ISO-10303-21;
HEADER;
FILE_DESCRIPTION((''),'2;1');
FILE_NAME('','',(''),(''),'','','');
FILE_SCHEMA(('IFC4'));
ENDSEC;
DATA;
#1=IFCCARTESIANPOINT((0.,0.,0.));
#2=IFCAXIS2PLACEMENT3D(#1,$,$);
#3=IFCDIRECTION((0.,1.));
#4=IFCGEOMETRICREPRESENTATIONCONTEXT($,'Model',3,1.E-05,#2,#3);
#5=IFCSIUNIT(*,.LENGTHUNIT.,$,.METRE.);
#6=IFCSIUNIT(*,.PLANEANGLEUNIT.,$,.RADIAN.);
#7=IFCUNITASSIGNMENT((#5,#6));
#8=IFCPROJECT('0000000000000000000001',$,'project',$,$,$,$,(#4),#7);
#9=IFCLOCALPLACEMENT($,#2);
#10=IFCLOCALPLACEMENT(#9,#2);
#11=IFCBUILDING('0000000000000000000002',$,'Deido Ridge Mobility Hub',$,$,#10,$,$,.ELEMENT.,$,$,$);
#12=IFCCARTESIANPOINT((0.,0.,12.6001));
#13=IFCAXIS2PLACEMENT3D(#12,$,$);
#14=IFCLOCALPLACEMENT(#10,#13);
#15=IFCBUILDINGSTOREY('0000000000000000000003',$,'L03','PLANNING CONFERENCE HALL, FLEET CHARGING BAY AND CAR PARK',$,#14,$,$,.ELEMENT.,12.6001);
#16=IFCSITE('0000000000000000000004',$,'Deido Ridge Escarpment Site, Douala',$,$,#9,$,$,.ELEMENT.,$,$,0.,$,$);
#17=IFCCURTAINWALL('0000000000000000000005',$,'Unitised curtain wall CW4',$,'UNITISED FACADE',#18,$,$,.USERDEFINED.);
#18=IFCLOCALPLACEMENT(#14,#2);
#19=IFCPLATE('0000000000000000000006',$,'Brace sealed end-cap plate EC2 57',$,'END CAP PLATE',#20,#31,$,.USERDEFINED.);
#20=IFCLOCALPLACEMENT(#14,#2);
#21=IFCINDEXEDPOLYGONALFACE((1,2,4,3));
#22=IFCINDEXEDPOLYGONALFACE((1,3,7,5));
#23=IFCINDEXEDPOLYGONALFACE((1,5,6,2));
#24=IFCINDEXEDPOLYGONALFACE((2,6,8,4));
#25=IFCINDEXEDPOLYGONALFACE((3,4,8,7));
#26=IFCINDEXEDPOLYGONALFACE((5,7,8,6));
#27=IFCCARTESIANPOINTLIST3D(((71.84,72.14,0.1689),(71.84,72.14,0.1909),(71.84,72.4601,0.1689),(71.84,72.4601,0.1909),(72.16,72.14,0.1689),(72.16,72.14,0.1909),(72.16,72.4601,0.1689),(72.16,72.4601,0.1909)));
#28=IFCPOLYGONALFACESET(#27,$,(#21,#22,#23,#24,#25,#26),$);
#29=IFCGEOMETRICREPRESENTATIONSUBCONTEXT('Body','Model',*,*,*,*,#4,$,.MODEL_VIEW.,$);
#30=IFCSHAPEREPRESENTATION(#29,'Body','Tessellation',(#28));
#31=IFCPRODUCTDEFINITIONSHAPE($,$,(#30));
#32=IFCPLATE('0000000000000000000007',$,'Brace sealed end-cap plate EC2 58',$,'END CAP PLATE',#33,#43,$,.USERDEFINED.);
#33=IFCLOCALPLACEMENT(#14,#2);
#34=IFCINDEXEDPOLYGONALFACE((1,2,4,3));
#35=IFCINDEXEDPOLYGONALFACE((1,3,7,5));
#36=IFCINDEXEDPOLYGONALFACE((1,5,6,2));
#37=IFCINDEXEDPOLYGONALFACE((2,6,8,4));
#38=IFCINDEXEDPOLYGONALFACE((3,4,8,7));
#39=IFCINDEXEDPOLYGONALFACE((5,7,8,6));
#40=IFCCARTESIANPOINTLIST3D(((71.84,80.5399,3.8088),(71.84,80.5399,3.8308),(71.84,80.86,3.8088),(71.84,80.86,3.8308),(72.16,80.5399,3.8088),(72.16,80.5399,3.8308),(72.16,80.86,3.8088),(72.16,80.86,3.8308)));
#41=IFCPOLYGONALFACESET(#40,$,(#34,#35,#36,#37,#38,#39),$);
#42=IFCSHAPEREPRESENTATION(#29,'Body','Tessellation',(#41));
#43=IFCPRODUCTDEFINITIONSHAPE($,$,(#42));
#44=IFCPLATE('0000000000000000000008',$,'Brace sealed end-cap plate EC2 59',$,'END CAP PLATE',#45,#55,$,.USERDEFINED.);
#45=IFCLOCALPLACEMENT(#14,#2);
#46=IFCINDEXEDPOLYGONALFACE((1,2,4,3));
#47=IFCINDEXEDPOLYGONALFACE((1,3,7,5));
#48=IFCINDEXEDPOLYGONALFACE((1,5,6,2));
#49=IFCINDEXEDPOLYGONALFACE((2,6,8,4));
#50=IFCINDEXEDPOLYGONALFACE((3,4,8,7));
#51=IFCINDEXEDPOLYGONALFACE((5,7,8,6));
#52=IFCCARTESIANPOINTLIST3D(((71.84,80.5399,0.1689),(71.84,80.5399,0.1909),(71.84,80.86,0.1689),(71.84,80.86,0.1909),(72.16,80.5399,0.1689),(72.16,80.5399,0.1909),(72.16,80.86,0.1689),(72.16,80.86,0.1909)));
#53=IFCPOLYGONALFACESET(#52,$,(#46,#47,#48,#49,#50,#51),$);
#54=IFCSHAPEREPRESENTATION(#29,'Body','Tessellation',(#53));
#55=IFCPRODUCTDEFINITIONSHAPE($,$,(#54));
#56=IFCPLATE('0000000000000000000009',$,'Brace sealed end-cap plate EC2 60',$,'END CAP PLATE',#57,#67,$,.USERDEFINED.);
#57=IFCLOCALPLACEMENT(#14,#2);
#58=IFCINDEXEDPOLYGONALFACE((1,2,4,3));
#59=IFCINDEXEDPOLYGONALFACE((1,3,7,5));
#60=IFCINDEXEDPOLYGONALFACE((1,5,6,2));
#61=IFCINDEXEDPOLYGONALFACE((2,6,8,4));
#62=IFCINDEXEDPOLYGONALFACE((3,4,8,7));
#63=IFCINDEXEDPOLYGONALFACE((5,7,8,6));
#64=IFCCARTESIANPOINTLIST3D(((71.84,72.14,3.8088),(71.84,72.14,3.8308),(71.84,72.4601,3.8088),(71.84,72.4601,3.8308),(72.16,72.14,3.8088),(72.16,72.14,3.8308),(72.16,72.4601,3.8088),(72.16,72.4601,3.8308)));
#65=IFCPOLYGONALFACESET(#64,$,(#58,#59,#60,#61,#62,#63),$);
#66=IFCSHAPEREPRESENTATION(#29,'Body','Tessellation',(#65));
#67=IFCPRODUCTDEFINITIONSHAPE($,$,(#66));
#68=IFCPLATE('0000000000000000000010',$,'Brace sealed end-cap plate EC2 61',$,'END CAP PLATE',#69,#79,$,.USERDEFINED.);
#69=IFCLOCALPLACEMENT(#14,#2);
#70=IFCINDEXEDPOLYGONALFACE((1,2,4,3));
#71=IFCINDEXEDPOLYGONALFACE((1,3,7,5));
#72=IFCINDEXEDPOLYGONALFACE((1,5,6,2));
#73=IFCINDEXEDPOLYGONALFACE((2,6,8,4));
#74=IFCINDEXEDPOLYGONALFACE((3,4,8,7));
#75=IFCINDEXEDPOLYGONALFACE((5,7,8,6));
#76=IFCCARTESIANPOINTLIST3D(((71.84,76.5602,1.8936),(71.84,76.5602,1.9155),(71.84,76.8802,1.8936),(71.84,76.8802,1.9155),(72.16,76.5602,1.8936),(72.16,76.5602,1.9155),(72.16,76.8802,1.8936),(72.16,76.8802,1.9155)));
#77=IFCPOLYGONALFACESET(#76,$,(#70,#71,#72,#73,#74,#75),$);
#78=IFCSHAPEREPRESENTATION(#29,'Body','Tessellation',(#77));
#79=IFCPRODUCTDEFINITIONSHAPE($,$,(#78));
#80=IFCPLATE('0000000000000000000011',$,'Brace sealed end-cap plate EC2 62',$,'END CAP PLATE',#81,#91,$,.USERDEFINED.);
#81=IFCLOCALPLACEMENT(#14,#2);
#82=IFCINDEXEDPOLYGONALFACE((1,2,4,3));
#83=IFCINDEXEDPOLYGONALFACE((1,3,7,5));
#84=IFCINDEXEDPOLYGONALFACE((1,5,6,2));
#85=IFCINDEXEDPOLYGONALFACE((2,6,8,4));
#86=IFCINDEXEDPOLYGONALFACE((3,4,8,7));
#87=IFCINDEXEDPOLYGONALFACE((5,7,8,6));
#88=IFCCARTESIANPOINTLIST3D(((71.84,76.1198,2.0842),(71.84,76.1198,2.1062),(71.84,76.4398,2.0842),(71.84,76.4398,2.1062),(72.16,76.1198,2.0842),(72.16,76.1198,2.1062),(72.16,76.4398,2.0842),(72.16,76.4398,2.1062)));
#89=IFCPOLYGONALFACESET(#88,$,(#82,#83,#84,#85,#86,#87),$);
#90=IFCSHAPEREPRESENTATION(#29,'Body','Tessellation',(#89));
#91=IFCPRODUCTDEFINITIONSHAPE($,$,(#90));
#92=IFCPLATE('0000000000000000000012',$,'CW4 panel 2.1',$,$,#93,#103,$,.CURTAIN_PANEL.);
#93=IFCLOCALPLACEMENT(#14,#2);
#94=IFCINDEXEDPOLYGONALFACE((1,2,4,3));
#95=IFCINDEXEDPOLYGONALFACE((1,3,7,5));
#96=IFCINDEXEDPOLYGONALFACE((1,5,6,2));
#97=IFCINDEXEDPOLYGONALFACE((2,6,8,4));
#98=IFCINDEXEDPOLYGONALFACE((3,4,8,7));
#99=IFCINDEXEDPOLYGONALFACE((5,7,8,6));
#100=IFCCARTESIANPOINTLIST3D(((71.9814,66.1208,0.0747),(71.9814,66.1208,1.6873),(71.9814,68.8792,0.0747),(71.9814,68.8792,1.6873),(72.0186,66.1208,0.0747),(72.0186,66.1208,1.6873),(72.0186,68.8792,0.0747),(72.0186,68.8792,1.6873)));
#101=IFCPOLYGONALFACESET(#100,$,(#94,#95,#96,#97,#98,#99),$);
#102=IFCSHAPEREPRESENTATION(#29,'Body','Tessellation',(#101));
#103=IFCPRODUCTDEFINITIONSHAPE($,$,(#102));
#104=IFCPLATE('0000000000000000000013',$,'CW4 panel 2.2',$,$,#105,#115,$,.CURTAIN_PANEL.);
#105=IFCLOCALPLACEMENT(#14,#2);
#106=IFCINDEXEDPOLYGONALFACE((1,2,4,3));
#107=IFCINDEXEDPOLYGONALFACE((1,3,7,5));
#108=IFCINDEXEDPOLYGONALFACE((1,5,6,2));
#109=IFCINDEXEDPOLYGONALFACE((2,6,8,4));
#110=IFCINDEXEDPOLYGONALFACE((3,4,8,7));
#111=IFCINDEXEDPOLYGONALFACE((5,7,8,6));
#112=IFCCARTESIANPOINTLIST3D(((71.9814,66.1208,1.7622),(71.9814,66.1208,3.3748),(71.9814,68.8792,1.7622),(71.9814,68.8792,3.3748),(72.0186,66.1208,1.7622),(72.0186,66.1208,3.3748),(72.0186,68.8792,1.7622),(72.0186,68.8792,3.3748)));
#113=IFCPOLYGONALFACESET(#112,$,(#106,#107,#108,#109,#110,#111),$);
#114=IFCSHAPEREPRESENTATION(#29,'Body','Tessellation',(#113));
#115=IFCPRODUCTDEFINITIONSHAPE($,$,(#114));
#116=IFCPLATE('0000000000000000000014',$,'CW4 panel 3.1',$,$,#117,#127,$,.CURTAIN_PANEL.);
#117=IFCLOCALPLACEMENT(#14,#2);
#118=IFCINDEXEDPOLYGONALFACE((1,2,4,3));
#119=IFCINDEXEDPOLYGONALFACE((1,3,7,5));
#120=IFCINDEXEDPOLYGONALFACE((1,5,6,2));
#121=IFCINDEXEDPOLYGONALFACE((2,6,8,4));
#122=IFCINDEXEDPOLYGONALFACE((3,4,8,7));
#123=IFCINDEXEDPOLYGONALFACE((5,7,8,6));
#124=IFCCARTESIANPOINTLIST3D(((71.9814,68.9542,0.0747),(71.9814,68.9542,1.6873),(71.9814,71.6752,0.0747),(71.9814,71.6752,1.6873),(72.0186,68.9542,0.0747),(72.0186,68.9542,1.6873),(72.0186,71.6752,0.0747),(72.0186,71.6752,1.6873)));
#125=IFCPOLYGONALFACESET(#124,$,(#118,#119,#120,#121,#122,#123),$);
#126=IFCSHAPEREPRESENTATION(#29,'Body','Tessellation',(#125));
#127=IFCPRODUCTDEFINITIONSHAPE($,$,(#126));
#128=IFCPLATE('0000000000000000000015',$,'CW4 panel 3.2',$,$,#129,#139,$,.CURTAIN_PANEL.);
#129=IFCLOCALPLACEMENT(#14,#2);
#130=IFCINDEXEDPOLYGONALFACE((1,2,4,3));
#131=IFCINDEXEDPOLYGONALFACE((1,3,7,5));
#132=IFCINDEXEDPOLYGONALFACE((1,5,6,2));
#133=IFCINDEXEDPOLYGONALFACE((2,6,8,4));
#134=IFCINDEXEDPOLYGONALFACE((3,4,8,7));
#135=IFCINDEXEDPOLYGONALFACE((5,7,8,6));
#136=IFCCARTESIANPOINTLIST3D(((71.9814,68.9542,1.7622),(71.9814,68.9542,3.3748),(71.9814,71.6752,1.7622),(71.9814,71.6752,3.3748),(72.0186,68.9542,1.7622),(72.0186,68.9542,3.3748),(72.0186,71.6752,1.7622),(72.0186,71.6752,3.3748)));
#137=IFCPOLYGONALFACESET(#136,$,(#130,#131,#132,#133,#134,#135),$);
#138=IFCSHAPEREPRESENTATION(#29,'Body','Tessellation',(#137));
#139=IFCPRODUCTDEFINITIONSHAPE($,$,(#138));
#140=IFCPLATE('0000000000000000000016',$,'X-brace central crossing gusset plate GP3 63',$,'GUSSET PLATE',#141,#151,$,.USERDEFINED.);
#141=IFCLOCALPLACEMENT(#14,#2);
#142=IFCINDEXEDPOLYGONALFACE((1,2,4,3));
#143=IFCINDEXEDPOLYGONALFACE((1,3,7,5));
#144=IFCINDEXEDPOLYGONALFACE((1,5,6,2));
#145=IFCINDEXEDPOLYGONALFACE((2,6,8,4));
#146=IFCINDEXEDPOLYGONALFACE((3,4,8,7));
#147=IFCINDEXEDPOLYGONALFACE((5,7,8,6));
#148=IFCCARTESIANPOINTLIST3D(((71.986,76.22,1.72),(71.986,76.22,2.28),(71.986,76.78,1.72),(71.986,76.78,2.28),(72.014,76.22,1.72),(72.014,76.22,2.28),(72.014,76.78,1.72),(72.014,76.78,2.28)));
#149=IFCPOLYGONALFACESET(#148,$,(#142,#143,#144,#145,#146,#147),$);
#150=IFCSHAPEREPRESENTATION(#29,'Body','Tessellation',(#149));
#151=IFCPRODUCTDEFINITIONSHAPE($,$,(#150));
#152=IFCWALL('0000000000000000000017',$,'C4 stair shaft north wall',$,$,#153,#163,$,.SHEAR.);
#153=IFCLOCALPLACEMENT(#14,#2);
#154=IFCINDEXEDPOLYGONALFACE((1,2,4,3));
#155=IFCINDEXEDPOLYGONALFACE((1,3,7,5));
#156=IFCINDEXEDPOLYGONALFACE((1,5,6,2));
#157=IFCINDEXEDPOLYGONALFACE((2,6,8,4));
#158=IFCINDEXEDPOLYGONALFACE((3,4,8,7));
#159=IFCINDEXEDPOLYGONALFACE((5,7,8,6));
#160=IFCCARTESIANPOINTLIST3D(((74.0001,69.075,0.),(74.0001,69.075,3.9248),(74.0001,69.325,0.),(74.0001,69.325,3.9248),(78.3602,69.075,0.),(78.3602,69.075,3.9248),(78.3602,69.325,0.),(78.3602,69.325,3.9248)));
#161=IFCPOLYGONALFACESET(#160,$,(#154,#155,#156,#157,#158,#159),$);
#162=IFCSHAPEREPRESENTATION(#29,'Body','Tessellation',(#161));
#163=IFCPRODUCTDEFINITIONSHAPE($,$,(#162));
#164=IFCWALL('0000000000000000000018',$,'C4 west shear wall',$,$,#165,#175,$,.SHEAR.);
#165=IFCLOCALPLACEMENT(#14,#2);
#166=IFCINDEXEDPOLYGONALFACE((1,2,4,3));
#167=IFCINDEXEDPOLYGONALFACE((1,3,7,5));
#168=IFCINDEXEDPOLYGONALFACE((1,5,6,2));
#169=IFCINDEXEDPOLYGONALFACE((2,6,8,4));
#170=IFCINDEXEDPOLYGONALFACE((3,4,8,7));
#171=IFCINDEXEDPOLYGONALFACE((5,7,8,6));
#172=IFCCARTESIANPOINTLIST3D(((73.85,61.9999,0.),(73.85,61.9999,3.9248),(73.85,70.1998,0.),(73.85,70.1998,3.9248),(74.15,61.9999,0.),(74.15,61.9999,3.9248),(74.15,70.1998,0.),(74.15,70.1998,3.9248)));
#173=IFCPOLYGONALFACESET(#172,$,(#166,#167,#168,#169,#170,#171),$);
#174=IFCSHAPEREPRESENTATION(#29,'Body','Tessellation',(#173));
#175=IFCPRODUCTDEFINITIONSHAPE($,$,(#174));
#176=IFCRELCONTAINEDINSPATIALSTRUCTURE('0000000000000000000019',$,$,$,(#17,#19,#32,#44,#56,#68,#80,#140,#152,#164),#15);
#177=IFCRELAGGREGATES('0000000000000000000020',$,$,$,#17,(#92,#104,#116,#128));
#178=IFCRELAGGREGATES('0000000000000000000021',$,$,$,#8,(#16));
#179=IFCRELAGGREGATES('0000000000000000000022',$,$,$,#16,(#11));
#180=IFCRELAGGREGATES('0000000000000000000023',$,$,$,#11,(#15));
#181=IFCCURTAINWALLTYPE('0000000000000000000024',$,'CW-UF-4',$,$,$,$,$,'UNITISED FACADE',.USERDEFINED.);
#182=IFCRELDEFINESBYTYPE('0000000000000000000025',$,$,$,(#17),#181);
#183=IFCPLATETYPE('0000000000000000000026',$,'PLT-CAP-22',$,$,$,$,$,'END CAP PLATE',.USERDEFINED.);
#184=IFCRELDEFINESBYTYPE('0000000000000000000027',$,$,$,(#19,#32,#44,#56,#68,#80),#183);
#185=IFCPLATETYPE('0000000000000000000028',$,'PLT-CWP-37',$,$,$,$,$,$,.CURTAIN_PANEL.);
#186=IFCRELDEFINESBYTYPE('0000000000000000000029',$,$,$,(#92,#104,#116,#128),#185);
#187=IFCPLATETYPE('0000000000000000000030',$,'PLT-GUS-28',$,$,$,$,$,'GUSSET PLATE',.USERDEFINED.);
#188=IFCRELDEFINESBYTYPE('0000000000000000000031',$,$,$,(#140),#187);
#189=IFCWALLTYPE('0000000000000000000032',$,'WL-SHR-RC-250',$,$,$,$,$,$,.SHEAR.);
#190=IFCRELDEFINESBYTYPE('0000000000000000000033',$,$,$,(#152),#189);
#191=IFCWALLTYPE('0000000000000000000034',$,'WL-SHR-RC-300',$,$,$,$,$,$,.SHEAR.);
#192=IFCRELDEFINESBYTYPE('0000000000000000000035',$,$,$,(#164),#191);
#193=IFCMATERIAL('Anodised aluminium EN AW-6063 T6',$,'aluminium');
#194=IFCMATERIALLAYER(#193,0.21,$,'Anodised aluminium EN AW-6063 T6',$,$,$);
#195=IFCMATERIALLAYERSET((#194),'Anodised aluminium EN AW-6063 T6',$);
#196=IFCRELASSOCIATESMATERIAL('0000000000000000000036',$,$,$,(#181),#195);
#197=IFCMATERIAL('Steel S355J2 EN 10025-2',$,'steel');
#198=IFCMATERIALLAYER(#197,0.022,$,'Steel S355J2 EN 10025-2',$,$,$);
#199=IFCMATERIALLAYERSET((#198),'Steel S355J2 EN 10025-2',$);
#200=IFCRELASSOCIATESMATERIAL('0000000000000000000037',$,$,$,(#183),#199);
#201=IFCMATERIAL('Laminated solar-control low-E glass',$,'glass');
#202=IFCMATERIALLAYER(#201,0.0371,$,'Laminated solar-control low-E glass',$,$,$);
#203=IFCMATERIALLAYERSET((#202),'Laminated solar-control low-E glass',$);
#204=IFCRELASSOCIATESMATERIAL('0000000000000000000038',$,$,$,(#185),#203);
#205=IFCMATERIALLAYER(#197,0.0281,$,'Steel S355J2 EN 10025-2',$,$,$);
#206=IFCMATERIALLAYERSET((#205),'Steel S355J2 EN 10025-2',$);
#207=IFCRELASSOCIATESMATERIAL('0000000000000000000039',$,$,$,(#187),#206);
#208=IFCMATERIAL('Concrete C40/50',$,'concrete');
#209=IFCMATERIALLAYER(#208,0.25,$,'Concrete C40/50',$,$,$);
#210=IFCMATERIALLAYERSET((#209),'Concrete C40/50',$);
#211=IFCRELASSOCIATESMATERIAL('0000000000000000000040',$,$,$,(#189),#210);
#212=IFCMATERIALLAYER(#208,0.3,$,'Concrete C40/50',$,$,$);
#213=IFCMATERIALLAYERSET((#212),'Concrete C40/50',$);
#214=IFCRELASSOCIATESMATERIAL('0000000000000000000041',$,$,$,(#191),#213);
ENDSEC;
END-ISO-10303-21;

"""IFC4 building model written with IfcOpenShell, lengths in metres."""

from ifc_helpers import new_model, si_unit, direction, frame, frame_2d, origin, origin_2d, place, context, subcontext, project, spatial, rectangle, extrude, material, layer, layer_set, type_object, element, aggregate, save


model = new_model("IFC4")

# Units and contexts
model_context = context("Model", 3, precision=1e-05, world=origin(), true_north=direction((0.0, 1.0)))
body_context = subcontext(model_context, "Body", "Model", "MODEL_VIEW")
ifc_project = project(units=[si_unit("LENGTHUNIT", "METRE"), si_unit("PLANEANGLEUNIT", "RADIAN")], contexts=[model_context])

# Site, building, storey
site_placement = place(None, origin())
site = spatial("IfcSite", under=ifc_project, at=site_placement, Name="Deido Ridge Escarpment Site, Douala", CompositionType="ELEMENT", RefElevation=0.0)
building_placement = place(site_placement, origin())
building = spatial("IfcBuilding", under=site, at=building_placement, Name="Deido Ridge Mobility Hub", CompositionType="ELEMENT")
storey_placement = place(building_placement, frame((0.0, 0.0, 12.6001)))
storey = spatial("IfcBuildingStorey", under=building, at=storey_placement, Name="L03", Description="PLANNING CONFERENCE HALL, FLEET CHARGING BAY AND CAR PARK", CompositionType="ELEMENT", Elevation=12.6001)

# Shared definitions
ifc_material_1 = material(Name="Steel S355J2 EN 10025-2", Category="steel")

# Curtain wall
ifc_material_2 = material(Name="Anodised aluminium EN AW-6063 T6", Category="aluminium")
ifc_layer_1 = layer(ifc_material_2, 0.21, Name="Anodised aluminium EN AW-6063 T6")
ifc_layer_set_1 = layer_set([ifc_layer_1], Name="Anodised aluminium EN AW-6063 T6")
curtain_wall_type = type_object("IfcCurtainWallType", Name="CW-UF-4", ElementType="UNITISED FACADE", PredefinedType="USERDEFINED", material=ifc_layer_set_1)
curtain_wall_placement = place(storey_placement, origin())
curtain_wall = element("IfcCurtainWall", 1, at=curtain_wall_placement, inside=storey, type_object=curtain_wall_type, Name="Unitised curtain wall CW4", ObjectType="UNITISED FACADE", PredefinedType="USERDEFINED")

# Plates
ifc_layer_2 = layer(ifc_material_1, 0.022, Name="Steel S355J2 EN 10025-2")
ifc_layer_set_2 = layer_set([ifc_layer_2], Name="Steel S355J2 EN 10025-2")
plate_type_1 = type_object("IfcPlateType", Name="PLT-CAP-22", ElementType="END CAP PLATE", PredefinedType="USERDEFINED", material=ifc_layer_set_2)
for number, where, z_axis, x_axis, name in (
    (2, (72.0, 72.3, 0.1689), (0.0, 0.0, 1.0), (1.0, 0.0, 0.0), "Brace sealed end-cap plate EC2 57"),
    (3, (72.0, 80.7, 3.8088), (0.0, 0.0, 1.0), (1.0, 0.0, 0.0), "Brace sealed end-cap plate EC2 58"),
    (4, (72.0, 80.7, 0.1689), (0.0, 0.0, 1.0), (1.0, 0.0, 0.0), "Brace sealed end-cap plate EC2 59"),
    (5, (72.0, 72.3, 3.8088), (0.0, 0.0, 1.0), (1.0, 0.0, 0.0), "Brace sealed end-cap plate EC2 60"),
    (6, (72.0, 76.7202, 1.8936), (0.0, 0.0, 1.0), (1.0, 0.0, 0.0), "Brace sealed end-cap plate EC2 61"),
    (7, (72.0, 76.2798, 2.0842), (0.0, 0.0, 1.0), (1.0, 0.0, 0.0), "Brace sealed end-cap plate EC2 62"),
):
    element("IfcPlate", number, at=place(storey_placement, frame(where, z_axis=z_axis, x_axis=x_axis)), inside=storey, type_object=plate_type_1, Name=name, ObjectType="END CAP PLATE", PredefinedType="USERDEFINED", context=body_context, shape_type="SweptSolid", body=[
        extrude(rectangle(XDim=0.3201, YDim=0.3201, at=origin_2d()), origin(), (0.0, 0.0, 1.0), 0.022),
    ])

# Plates
ifc_material_3 = material(Name="Laminated solar-control low-E glass", Category="glass")
ifc_layer_3 = layer(ifc_material_3, 0.0371, Name="Laminated solar-control low-E glass")
ifc_layer_set_3 = layer_set([ifc_layer_3], Name="Laminated solar-control low-E glass")
plate_type_2 = type_object("IfcPlateType", Name="PLT-CWP-37", PredefinedType="CURTAIN_PANEL", material=ifc_layer_set_3)
plate_1_placement = place(storey_placement, frame((72.0, 67.5, 0.0747), z_axis=(0.0, 0.0, 1.0), x_axis=(0.0, 1.0, 0.0)))
plate_1 = element("IfcPlate", 8, at=plate_1_placement, type_object=plate_type_2, Name="CW4 panel 2.1", PredefinedType="CURTAIN_PANEL", context=body_context, shape_type="SweptSolid", body=[
    extrude(rectangle(XDim=2.7583, YDim=0.0371, at=origin_2d()), origin(), (0.0, 0.0, 1.0), 1.6125),
])
plate_2_placement = place(storey_placement, frame((72.0, 67.5, 1.7622), z_axis=(0.0, 0.0, 1.0), x_axis=(0.0, 1.0, 0.0)))
plate_2 = element("IfcPlate", 9, at=plate_2_placement, type_object=plate_type_2, Name="CW4 panel 2.2", PredefinedType="CURTAIN_PANEL", context=body_context, shape_type="SweptSolid", body=[
    extrude(rectangle(XDim=2.7583, YDim=0.0371, at=origin_2d()), origin(), (0.0, 0.0, 1.0), 1.6125),
])
plate_3_placement = place(storey_placement, frame((72.0, 70.3147, 0.0747), z_axis=(0.0, 0.0, 1.0), x_axis=(0.0, 1.0, 0.0)))
plate_3 = element("IfcPlate", 10, at=plate_3_placement, type_object=plate_type_2, Name="CW4 panel 3.1", PredefinedType="CURTAIN_PANEL", context=body_context, shape_type="SweptSolid", body=[
    extrude(rectangle(XDim=2.7209, YDim=0.0371, at=origin_2d()), origin(), (0.0, 0.0, 1.0), 1.6125),
])
plate_4_placement = place(storey_placement, frame((72.0, 70.3147, 1.7622), z_axis=(0.0, 0.0, 1.0), x_axis=(0.0, 1.0, 0.0)))
plate_4 = element("IfcPlate", 11, at=plate_4_placement, type_object=plate_type_2, Name="CW4 panel 3.2", PredefinedType="CURTAIN_PANEL", context=body_context, shape_type="SweptSolid", body=[
    extrude(rectangle(XDim=2.7209, YDim=0.0371, at=origin_2d()), origin(), (0.0, 0.0, 1.0), 1.6125),
])
aggregate(curtain_wall, [plate_1, plate_2, plate_3, plate_4])
ifc_layer_4 = layer(ifc_material_1, 0.0281, Name="Steel S355J2 EN 10025-2")
ifc_layer_set_4 = layer_set([ifc_layer_4], Name="Steel S355J2 EN 10025-2")
plate_type_3 = type_object("IfcPlateType", Name="PLT-GUS-28", ElementType="GUSSET PLATE", PredefinedType="USERDEFINED", material=ifc_layer_set_4)
plate_5_placement = place(storey_placement, frame((72.0, 76.5, 1.72), z_axis=(0.0, 0.0, 1.0), x_axis=(0.0, 1.0, 0.0)))
element("IfcPlate", 12, at=plate_5_placement, inside=storey, type_object=plate_type_3, Name="X-brace central crossing gusset plate GP3 63", ObjectType="GUSSET PLATE", PredefinedType="USERDEFINED", context=body_context, shape_type="SweptSolid", body=[
    extrude(rectangle(XDim=0.5601, YDim=0.0281, at=origin_2d()), origin(), (0.0, 0.0, 1.0), 0.5601),
])

# Walls
ifc_material_4 = material(Name="Concrete C40/50", Category="concrete")
ifc_layer_5 = layer(ifc_material_4, 0.25, Name="Concrete C40/50")
ifc_layer_set_5 = layer_set([ifc_layer_5], Name="Concrete C40/50")
wall_type_1 = type_object("IfcWallType", Name="WL-SHR-RC-250", PredefinedType="SHEAR", material=ifc_layer_set_5)
wall_1_placement = place(storey_placement, frame((74.0, 69.2, 0.0), z_axis=(0.0, 0.0, 1.0), x_axis=(1.0, 0.0, 0.0)))
element("IfcWall", 13, at=wall_1_placement, inside=storey, type_object=wall_type_1, Name="C4 stair shaft north wall", PredefinedType="SHEAR", context=body_context, shape_type="SweptSolid", body=[
    extrude(rectangle(XDim=4.3601, YDim=0.25, at=frame_2d((2.1802, 0.0))), origin(), (0.0, 0.0, 1.0), 3.9248),
])
ifc_layer_6 = layer(ifc_material_4, 0.3, Name="Concrete C40/50")
ifc_layer_set_6 = layer_set([ifc_layer_6], Name="Concrete C40/50")
wall_type_2 = type_object("IfcWallType", Name="WL-SHR-RC-300", PredefinedType="SHEAR", material=ifc_layer_set_6)
wall_2_placement = place(storey_placement, frame((74.0, 70.2, 0.0), z_axis=(0.0, 0.0, 1.0), x_axis=(0.0, -1.0, 0.0)))
element("IfcWall", 14, at=wall_2_placement, inside=storey, type_object=wall_type_2, Name="C4 west shear wall", PredefinedType="SHEAR", context=body_context, shape_type="SweptSolid", body=[
    extrude(rectangle(XDim=8.2, YDim=0.3, at=frame_2d((4.1001, 0.0))), origin(), (0.0, 0.0, 1.0), 3.9248),
])

save(model, "model.ifc")
